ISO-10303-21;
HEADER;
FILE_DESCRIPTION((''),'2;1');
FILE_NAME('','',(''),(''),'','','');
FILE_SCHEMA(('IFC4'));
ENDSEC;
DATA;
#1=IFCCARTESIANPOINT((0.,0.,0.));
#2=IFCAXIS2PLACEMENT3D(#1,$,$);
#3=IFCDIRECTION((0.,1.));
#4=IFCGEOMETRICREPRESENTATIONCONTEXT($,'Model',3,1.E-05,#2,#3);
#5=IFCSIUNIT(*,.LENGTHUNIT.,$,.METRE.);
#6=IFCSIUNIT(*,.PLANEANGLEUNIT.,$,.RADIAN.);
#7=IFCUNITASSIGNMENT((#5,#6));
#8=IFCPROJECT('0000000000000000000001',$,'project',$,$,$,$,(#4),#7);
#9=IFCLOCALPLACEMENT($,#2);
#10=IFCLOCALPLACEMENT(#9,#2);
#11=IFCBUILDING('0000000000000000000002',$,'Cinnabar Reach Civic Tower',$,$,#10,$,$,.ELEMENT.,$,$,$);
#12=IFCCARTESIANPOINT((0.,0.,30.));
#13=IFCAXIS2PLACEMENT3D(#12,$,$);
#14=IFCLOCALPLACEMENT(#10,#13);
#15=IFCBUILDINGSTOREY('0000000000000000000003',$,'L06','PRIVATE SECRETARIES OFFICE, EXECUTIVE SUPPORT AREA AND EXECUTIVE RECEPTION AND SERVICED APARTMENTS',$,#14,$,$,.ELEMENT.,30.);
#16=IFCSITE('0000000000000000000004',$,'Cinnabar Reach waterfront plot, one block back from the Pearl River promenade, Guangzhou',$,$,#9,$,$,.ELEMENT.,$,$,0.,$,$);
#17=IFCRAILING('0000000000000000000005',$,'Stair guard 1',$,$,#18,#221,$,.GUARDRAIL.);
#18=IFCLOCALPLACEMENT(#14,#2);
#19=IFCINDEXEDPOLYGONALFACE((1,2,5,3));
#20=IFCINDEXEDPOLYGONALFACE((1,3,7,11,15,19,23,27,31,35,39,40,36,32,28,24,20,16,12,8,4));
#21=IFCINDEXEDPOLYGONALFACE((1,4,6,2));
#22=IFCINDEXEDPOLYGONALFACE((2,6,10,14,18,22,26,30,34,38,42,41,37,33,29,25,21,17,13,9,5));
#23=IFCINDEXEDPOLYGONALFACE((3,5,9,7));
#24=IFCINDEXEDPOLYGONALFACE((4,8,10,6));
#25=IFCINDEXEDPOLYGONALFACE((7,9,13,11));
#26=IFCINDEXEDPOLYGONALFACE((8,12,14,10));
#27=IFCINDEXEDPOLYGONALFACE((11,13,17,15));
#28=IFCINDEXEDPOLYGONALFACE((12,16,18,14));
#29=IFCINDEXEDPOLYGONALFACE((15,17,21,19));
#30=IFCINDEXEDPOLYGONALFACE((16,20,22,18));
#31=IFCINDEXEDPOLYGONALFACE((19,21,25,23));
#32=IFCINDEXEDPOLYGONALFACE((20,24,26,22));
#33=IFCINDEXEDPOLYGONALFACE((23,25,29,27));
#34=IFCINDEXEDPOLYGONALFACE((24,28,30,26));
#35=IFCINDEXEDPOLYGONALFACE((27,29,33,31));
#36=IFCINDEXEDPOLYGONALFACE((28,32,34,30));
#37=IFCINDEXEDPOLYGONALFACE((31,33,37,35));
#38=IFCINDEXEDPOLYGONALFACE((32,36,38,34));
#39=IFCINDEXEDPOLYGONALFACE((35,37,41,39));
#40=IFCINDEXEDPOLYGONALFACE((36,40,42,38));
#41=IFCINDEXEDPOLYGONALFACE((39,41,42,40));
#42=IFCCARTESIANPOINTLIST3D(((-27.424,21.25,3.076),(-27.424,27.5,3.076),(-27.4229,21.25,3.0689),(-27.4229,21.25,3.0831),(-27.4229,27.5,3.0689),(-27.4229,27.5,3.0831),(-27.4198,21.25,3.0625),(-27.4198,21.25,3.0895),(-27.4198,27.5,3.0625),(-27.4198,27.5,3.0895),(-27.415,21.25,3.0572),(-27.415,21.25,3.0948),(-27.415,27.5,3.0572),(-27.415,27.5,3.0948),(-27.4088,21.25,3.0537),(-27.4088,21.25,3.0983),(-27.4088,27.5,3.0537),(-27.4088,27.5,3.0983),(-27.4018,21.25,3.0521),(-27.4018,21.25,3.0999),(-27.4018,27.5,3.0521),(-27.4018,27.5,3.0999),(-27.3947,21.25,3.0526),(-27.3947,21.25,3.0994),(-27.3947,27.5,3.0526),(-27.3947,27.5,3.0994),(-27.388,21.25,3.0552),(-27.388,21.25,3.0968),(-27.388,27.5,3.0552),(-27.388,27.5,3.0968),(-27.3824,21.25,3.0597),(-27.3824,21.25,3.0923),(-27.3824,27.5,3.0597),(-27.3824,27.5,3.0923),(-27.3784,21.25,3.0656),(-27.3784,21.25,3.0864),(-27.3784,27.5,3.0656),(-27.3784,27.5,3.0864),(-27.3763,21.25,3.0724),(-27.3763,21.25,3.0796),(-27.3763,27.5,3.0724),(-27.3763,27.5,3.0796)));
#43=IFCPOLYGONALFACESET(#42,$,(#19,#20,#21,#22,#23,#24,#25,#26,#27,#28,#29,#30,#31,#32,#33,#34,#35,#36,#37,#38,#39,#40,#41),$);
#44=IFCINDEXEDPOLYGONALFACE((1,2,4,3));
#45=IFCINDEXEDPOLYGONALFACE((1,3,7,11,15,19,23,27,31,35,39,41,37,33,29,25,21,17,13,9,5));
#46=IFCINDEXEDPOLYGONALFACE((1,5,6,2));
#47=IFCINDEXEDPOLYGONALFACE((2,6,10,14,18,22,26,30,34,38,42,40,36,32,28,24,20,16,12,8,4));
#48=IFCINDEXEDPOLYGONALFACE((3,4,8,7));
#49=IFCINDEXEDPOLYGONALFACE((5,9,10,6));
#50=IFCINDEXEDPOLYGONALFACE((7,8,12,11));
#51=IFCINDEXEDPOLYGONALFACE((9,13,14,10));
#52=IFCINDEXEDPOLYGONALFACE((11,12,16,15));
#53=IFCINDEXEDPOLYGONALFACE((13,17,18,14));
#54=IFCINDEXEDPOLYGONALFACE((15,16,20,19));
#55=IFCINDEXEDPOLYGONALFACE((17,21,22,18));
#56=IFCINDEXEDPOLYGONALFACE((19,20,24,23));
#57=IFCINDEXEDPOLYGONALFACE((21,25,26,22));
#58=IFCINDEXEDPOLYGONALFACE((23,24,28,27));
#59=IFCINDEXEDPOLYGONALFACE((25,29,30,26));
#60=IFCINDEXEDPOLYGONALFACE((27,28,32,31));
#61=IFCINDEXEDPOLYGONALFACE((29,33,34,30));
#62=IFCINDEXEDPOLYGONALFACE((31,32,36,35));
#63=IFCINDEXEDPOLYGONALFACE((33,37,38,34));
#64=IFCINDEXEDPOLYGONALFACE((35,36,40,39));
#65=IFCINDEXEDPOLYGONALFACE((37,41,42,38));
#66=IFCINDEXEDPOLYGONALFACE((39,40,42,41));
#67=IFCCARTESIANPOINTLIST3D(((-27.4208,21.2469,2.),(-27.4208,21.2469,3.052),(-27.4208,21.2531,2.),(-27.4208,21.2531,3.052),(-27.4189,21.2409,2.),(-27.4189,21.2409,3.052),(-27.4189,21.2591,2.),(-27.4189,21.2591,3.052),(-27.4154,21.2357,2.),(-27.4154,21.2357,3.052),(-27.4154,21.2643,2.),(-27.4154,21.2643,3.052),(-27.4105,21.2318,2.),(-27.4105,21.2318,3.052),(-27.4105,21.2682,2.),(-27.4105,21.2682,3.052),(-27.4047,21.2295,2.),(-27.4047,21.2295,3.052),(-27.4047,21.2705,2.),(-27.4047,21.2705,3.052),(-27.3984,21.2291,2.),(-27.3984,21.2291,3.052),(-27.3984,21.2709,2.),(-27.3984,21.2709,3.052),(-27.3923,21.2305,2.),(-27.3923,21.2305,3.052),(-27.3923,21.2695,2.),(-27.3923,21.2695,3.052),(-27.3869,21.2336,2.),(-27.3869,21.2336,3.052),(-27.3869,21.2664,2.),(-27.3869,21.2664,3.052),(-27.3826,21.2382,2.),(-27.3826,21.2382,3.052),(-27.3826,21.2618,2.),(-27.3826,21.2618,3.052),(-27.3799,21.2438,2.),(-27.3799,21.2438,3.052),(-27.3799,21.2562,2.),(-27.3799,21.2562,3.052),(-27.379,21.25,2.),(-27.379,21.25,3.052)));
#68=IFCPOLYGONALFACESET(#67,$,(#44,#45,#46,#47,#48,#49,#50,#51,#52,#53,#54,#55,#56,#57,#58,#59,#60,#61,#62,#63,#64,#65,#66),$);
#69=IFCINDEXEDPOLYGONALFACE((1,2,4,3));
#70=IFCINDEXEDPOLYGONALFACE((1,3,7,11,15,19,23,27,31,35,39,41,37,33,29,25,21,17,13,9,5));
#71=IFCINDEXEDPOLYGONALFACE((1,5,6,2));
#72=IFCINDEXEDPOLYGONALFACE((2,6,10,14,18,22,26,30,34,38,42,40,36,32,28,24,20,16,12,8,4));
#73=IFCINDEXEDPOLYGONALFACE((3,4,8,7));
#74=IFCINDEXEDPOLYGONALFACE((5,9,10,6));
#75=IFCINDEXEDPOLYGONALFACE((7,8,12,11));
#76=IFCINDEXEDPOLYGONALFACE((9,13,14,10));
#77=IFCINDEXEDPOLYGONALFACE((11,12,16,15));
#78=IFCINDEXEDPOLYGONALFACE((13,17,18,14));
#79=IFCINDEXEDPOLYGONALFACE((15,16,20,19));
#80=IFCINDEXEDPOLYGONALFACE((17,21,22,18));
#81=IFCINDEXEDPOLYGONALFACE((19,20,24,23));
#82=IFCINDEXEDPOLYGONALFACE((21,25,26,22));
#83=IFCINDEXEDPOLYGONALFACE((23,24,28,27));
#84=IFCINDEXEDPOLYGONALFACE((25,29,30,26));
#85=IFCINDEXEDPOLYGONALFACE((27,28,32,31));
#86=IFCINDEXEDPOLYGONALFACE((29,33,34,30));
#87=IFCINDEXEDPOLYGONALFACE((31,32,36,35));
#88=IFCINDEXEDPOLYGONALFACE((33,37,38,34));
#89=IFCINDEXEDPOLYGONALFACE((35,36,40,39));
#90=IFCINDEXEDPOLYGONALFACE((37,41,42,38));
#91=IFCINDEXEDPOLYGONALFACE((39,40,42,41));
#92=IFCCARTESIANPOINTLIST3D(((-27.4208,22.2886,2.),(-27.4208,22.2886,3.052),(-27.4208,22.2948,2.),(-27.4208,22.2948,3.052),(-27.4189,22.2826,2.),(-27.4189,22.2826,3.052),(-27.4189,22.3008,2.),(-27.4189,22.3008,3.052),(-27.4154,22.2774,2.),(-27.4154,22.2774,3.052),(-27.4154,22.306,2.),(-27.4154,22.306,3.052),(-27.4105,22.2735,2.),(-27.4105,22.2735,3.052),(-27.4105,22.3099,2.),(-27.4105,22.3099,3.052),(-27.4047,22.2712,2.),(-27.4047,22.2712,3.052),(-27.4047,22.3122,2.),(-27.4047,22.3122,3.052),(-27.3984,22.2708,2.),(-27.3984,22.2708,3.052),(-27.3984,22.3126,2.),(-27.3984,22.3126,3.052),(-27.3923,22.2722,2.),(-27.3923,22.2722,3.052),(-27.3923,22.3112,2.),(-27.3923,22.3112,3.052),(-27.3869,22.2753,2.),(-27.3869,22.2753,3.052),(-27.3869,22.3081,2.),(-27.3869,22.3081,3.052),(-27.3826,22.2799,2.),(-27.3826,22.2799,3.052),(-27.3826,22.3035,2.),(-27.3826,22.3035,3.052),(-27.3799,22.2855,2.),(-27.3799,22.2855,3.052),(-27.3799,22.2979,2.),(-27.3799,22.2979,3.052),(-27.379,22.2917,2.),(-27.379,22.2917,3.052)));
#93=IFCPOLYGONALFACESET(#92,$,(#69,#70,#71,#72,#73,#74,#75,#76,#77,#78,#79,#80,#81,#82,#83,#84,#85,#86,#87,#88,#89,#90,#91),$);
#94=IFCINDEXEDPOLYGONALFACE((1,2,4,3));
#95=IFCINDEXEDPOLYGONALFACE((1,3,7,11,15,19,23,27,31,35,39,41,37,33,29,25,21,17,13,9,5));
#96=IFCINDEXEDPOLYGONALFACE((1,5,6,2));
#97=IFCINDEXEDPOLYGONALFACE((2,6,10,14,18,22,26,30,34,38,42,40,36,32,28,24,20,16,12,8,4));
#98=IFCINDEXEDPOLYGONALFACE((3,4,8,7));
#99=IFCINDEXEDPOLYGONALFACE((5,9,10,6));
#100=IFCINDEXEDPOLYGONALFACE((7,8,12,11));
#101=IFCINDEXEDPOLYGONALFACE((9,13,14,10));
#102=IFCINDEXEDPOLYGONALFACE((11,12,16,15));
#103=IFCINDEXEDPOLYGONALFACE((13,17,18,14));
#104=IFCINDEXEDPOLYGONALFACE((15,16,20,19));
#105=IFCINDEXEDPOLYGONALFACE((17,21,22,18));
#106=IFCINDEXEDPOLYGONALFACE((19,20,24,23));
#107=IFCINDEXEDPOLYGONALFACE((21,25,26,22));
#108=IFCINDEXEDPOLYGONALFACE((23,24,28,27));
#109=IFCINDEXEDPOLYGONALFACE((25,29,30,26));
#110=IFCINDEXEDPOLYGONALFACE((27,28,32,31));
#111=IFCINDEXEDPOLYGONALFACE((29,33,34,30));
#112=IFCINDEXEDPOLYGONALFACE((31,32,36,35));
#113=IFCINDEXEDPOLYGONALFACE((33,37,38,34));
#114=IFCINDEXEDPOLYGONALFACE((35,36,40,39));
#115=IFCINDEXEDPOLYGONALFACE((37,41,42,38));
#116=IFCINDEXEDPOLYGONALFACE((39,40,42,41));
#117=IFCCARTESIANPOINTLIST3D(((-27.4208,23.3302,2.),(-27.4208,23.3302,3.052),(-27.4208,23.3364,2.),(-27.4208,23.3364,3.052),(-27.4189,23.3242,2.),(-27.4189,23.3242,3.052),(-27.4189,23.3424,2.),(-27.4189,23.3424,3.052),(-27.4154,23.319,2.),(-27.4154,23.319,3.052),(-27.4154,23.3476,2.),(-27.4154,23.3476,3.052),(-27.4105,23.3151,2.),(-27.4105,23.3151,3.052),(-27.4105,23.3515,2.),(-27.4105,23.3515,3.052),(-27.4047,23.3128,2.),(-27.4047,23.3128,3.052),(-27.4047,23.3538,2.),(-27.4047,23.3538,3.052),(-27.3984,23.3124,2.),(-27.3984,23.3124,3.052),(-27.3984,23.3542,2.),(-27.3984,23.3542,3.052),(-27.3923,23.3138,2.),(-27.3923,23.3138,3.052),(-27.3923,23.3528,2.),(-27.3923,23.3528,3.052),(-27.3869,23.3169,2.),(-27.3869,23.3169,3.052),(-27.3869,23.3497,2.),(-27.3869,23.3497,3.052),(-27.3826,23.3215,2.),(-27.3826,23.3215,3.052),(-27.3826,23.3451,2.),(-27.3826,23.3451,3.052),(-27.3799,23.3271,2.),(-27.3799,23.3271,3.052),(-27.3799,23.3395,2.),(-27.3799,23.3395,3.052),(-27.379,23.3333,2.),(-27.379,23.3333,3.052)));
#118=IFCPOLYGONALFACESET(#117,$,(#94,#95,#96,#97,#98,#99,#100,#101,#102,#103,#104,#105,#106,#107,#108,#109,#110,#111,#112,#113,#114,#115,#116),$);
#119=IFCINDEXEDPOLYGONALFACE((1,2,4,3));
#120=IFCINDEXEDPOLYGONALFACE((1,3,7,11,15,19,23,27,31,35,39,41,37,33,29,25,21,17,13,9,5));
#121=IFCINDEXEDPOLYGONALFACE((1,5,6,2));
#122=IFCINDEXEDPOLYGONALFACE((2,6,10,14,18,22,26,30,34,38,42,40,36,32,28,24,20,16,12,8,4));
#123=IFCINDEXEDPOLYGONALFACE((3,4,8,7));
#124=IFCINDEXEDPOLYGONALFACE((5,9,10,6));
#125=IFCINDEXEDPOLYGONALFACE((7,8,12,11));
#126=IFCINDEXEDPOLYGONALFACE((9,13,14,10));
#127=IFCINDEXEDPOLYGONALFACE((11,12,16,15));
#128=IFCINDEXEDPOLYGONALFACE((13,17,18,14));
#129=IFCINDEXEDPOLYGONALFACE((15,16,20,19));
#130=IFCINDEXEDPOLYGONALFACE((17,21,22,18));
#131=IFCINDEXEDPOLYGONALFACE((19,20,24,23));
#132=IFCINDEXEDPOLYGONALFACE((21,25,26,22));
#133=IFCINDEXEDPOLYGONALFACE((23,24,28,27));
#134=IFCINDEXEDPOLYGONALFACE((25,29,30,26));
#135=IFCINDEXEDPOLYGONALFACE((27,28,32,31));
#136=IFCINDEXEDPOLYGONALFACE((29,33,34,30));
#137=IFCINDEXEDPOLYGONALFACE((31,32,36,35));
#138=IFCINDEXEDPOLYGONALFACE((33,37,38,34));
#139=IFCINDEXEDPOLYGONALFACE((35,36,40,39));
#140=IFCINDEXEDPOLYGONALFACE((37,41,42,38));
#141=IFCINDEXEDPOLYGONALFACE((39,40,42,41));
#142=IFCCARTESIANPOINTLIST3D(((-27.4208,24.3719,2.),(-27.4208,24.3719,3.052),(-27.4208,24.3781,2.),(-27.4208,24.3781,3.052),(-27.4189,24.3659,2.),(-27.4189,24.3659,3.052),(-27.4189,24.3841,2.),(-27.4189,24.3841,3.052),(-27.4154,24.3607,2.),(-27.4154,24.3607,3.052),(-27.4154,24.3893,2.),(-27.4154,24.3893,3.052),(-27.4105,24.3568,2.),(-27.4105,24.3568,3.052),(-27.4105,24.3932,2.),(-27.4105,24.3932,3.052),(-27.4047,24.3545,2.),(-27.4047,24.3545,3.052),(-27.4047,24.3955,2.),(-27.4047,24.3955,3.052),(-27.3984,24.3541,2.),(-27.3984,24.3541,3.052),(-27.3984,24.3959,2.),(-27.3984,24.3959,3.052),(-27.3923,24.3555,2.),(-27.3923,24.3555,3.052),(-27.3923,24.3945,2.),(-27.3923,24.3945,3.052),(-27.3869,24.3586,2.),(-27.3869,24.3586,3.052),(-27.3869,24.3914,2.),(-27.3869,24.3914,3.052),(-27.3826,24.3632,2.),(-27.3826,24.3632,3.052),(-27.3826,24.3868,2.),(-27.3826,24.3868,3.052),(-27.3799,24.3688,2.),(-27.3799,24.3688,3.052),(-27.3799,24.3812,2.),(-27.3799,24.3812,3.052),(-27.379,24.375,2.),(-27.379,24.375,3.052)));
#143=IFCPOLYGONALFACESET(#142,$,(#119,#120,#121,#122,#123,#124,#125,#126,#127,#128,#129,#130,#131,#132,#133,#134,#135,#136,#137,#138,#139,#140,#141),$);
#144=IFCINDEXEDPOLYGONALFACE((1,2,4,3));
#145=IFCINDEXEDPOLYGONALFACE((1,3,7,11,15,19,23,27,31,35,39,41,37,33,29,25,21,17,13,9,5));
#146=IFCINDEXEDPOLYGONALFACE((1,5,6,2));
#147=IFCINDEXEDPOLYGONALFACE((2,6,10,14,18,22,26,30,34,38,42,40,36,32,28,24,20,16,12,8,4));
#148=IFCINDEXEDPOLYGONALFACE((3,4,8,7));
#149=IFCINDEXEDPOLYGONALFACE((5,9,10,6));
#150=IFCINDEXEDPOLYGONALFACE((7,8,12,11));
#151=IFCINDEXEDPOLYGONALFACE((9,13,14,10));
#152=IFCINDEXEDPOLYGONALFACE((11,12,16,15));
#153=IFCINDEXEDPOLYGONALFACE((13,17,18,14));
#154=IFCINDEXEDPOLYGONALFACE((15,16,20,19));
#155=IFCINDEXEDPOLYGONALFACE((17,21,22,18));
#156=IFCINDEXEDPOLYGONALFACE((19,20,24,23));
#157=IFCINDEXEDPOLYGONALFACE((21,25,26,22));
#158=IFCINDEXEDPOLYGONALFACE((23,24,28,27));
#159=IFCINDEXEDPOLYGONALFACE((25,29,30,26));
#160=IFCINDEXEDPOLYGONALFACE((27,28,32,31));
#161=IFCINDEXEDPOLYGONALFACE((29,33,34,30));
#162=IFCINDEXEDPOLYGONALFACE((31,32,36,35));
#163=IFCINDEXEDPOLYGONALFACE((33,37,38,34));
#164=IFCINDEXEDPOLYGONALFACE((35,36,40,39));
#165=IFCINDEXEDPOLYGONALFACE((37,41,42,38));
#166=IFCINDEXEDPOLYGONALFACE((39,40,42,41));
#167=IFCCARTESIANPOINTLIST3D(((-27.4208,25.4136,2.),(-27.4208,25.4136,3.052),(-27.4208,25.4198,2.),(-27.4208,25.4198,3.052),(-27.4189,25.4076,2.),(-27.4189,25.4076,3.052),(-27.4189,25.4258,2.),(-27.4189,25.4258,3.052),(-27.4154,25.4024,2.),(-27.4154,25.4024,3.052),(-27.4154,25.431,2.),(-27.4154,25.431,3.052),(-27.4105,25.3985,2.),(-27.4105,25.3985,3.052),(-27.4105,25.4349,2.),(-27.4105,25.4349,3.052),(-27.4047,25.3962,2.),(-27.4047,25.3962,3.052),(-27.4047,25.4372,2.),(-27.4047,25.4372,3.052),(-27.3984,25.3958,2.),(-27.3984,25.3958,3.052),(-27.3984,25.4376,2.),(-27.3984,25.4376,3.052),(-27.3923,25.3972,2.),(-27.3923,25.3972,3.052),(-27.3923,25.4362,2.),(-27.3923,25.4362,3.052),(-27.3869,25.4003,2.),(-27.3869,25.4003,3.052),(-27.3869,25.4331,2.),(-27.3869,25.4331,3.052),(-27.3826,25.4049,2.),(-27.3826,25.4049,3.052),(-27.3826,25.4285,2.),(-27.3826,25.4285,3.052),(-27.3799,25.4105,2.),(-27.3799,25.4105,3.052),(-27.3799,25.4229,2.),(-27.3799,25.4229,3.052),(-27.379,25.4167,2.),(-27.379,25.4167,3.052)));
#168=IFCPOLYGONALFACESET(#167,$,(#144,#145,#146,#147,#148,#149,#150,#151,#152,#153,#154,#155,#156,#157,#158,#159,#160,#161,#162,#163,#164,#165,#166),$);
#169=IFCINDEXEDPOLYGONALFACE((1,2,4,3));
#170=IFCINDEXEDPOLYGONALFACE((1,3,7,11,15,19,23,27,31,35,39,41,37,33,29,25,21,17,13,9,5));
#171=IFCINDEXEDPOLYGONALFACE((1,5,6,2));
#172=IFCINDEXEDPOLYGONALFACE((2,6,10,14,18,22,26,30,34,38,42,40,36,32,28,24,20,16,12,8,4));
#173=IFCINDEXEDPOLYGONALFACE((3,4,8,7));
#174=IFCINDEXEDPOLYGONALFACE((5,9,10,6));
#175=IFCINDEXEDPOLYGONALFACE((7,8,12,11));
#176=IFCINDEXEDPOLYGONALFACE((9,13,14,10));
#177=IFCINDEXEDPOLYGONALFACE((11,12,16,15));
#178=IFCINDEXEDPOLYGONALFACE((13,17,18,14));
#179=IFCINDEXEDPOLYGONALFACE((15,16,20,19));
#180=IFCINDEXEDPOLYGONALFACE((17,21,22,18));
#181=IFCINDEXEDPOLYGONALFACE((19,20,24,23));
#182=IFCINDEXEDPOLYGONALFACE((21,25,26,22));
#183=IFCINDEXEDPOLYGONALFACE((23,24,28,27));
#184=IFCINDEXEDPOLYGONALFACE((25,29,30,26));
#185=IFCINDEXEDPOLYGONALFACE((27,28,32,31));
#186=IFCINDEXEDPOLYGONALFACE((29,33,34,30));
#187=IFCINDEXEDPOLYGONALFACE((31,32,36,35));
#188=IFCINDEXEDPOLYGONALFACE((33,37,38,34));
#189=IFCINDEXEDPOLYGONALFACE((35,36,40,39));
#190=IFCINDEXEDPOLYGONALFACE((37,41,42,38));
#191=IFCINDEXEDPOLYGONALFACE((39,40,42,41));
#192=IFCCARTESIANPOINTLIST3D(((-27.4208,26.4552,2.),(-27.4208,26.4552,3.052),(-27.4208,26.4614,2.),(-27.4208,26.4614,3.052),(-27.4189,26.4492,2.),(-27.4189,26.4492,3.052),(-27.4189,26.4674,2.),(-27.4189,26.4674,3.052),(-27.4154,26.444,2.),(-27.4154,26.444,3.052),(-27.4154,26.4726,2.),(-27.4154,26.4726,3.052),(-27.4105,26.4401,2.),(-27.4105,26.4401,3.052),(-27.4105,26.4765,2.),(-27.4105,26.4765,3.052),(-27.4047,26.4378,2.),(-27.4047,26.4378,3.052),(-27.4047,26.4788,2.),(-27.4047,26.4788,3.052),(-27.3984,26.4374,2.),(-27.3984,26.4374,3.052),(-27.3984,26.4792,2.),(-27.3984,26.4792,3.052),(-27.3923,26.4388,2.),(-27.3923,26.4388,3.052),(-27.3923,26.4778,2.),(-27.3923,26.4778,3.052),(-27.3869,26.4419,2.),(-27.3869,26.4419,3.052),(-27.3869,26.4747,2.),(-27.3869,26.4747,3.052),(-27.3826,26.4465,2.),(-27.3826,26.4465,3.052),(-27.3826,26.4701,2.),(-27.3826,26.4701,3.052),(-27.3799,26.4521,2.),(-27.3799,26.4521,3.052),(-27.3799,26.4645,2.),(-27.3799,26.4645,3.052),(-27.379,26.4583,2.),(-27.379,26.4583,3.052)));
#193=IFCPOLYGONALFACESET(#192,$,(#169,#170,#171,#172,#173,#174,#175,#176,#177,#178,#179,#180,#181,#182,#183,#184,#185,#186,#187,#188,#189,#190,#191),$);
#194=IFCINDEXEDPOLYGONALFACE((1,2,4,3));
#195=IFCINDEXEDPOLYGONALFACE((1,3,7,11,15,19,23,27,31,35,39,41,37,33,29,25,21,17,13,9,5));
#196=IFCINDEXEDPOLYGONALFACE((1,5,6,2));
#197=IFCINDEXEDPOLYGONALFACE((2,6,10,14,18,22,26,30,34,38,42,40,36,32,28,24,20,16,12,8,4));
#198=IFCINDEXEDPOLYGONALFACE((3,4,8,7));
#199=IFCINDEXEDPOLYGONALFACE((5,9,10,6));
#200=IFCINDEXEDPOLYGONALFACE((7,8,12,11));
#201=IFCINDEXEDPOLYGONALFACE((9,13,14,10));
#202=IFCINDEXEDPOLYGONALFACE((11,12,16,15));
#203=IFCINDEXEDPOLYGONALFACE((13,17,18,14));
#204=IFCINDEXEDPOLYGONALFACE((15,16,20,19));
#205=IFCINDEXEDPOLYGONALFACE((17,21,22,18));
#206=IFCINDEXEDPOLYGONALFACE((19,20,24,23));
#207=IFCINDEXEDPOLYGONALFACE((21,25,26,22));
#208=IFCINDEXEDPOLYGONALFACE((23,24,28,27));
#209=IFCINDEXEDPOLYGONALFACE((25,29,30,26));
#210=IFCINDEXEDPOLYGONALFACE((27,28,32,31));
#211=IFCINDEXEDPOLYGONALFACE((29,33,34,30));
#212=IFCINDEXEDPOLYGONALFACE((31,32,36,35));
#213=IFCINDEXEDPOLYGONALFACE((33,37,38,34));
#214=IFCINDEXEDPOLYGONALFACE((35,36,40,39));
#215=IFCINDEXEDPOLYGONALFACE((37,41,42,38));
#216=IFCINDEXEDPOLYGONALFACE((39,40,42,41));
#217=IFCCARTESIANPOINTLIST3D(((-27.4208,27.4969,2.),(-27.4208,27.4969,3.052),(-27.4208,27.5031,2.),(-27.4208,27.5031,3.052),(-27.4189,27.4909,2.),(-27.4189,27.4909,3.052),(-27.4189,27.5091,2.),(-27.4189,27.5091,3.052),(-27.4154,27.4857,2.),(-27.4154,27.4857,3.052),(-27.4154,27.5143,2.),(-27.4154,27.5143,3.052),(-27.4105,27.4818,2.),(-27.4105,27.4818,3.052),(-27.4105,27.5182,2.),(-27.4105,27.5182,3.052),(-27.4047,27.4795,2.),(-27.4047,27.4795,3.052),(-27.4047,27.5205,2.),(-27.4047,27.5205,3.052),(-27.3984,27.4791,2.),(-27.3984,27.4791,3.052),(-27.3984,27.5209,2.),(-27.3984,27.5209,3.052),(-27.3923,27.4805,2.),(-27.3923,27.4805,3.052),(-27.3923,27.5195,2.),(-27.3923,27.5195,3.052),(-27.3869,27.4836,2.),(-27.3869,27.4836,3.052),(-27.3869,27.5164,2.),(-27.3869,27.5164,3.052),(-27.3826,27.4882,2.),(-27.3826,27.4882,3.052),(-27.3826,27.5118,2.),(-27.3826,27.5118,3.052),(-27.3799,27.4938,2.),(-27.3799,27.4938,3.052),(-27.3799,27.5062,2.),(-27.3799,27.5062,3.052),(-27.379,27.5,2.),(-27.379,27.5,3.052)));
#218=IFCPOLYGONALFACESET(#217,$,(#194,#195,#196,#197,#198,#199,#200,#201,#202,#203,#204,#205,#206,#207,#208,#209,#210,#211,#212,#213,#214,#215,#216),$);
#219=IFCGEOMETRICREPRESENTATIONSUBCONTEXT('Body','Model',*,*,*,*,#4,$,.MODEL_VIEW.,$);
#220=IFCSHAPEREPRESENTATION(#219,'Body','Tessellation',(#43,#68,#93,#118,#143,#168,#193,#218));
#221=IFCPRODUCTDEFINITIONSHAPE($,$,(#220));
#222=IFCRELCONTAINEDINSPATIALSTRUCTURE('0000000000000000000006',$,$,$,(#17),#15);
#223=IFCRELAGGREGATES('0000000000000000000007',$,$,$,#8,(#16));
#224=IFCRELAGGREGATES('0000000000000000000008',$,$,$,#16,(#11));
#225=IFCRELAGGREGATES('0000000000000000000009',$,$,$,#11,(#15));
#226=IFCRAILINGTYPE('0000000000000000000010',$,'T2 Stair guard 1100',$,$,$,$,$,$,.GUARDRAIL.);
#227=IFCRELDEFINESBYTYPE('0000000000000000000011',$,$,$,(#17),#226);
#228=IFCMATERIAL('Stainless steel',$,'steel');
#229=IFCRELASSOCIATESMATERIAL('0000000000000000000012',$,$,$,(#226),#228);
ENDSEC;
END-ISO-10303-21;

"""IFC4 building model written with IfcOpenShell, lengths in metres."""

from ifc_helpers import new_model, si_unit, direction, frame, origin, origin_2d, place, context, subcontext, project, spatial, circle, extrude, material, type_object, element, save


model = new_model("IFC4")

# Units and contexts
model_context = context("Model", 3, precision=1e-05, world=origin(), true_north=direction((0.0, 1.0)))
body_context = subcontext(model_context, "Body", "Model", "MODEL_VIEW")
ifc_project = project(units=[si_unit("LENGTHUNIT", "METRE"), si_unit("PLANEANGLEUNIT", "RADIAN")], contexts=[model_context])

# Site, building, storey
site_placement = place(None, origin())
site = spatial("IfcSite", under=ifc_project, at=site_placement, Name="Cinnabar Reach waterfront plot, one block back from the Pearl River promenade, Guangzhou", CompositionType="ELEMENT", RefElevation=0.0)
building_placement = place(site_placement, origin())
building = spatial("IfcBuilding", under=site, at=building_placement, Name="Cinnabar Reach Civic Tower", CompositionType="ELEMENT")
storey_placement = place(building_placement, frame((0.0, 0.0, 30.0)))
storey = spatial("IfcBuildingStorey", under=building, at=storey_placement, Name="L06", Description="PRIVATE SECRETARIES OFFICE, EXECUTIVE SUPPORT AREA AND EXECUTIVE RECEPTION AND SERVICED APARTMENTS", CompositionType="ELEMENT", Elevation=30.0)

# Railing
ifc_material_1 = material(Name="Stainless steel", Category="steel")
railing_type = type_object("IfcRailingType", Name="T2 Stair guard 1100", PredefinedType="GUARDRAIL", material=ifc_material_1)
for number, where, name in (
    (1, (-27.4, 21.25, 2.0), "Stair guard 1"),
):
    element("IfcRailing", number, at=place(storey_placement, frame(where)), inside=storey, type_object=railing_type, Name=name, PredefinedType="GUARDRAIL", context=body_context, shape_type="SweptSolid", body=[
        extrude(circle(Radius=0.024, at=origin_2d()), frame((0.0, 0.0, 1.076), z_axis=(0.0, 1.0, 0.0), x_axis=(-1.0, 0.0, 0.0)), (0.0, 0.0, 1.0), 6.25),
        extrude(circle(Radius=0.021, at=origin_2d()), origin(), (0.0, 0.0, 1.0), 1.052),
        extrude(circle(Radius=0.021, at=origin_2d()), frame((0.0, 1.0417, 0.0)), (0.0, 0.0, 1.0), 1.052),
        extrude(circle(Radius=0.021, at=origin_2d()), frame((0.0, 2.0833, 0.0)), (0.0, 0.0, 1.0), 1.052),
        extrude(circle(Radius=0.021, at=origin_2d()), frame((0.0, 3.125, 0.0)), (0.0, 0.0, 1.0), 1.052),
        extrude(circle(Radius=0.021, at=origin_2d()), frame((0.0, 4.1667, 0.0)), (0.0, 0.0, 1.0), 1.052),
        extrude(circle(Radius=0.021, at=origin_2d()), frame((0.0, 5.2083, 0.0)), (0.0, 0.0, 1.0), 1.052),
        extrude(circle(Radius=0.021, at=origin_2d()), frame((0.0, 6.25, 0.0)), (0.0, 0.0, 1.0), 1.052),
    ])

save(model, "model.ifc")
